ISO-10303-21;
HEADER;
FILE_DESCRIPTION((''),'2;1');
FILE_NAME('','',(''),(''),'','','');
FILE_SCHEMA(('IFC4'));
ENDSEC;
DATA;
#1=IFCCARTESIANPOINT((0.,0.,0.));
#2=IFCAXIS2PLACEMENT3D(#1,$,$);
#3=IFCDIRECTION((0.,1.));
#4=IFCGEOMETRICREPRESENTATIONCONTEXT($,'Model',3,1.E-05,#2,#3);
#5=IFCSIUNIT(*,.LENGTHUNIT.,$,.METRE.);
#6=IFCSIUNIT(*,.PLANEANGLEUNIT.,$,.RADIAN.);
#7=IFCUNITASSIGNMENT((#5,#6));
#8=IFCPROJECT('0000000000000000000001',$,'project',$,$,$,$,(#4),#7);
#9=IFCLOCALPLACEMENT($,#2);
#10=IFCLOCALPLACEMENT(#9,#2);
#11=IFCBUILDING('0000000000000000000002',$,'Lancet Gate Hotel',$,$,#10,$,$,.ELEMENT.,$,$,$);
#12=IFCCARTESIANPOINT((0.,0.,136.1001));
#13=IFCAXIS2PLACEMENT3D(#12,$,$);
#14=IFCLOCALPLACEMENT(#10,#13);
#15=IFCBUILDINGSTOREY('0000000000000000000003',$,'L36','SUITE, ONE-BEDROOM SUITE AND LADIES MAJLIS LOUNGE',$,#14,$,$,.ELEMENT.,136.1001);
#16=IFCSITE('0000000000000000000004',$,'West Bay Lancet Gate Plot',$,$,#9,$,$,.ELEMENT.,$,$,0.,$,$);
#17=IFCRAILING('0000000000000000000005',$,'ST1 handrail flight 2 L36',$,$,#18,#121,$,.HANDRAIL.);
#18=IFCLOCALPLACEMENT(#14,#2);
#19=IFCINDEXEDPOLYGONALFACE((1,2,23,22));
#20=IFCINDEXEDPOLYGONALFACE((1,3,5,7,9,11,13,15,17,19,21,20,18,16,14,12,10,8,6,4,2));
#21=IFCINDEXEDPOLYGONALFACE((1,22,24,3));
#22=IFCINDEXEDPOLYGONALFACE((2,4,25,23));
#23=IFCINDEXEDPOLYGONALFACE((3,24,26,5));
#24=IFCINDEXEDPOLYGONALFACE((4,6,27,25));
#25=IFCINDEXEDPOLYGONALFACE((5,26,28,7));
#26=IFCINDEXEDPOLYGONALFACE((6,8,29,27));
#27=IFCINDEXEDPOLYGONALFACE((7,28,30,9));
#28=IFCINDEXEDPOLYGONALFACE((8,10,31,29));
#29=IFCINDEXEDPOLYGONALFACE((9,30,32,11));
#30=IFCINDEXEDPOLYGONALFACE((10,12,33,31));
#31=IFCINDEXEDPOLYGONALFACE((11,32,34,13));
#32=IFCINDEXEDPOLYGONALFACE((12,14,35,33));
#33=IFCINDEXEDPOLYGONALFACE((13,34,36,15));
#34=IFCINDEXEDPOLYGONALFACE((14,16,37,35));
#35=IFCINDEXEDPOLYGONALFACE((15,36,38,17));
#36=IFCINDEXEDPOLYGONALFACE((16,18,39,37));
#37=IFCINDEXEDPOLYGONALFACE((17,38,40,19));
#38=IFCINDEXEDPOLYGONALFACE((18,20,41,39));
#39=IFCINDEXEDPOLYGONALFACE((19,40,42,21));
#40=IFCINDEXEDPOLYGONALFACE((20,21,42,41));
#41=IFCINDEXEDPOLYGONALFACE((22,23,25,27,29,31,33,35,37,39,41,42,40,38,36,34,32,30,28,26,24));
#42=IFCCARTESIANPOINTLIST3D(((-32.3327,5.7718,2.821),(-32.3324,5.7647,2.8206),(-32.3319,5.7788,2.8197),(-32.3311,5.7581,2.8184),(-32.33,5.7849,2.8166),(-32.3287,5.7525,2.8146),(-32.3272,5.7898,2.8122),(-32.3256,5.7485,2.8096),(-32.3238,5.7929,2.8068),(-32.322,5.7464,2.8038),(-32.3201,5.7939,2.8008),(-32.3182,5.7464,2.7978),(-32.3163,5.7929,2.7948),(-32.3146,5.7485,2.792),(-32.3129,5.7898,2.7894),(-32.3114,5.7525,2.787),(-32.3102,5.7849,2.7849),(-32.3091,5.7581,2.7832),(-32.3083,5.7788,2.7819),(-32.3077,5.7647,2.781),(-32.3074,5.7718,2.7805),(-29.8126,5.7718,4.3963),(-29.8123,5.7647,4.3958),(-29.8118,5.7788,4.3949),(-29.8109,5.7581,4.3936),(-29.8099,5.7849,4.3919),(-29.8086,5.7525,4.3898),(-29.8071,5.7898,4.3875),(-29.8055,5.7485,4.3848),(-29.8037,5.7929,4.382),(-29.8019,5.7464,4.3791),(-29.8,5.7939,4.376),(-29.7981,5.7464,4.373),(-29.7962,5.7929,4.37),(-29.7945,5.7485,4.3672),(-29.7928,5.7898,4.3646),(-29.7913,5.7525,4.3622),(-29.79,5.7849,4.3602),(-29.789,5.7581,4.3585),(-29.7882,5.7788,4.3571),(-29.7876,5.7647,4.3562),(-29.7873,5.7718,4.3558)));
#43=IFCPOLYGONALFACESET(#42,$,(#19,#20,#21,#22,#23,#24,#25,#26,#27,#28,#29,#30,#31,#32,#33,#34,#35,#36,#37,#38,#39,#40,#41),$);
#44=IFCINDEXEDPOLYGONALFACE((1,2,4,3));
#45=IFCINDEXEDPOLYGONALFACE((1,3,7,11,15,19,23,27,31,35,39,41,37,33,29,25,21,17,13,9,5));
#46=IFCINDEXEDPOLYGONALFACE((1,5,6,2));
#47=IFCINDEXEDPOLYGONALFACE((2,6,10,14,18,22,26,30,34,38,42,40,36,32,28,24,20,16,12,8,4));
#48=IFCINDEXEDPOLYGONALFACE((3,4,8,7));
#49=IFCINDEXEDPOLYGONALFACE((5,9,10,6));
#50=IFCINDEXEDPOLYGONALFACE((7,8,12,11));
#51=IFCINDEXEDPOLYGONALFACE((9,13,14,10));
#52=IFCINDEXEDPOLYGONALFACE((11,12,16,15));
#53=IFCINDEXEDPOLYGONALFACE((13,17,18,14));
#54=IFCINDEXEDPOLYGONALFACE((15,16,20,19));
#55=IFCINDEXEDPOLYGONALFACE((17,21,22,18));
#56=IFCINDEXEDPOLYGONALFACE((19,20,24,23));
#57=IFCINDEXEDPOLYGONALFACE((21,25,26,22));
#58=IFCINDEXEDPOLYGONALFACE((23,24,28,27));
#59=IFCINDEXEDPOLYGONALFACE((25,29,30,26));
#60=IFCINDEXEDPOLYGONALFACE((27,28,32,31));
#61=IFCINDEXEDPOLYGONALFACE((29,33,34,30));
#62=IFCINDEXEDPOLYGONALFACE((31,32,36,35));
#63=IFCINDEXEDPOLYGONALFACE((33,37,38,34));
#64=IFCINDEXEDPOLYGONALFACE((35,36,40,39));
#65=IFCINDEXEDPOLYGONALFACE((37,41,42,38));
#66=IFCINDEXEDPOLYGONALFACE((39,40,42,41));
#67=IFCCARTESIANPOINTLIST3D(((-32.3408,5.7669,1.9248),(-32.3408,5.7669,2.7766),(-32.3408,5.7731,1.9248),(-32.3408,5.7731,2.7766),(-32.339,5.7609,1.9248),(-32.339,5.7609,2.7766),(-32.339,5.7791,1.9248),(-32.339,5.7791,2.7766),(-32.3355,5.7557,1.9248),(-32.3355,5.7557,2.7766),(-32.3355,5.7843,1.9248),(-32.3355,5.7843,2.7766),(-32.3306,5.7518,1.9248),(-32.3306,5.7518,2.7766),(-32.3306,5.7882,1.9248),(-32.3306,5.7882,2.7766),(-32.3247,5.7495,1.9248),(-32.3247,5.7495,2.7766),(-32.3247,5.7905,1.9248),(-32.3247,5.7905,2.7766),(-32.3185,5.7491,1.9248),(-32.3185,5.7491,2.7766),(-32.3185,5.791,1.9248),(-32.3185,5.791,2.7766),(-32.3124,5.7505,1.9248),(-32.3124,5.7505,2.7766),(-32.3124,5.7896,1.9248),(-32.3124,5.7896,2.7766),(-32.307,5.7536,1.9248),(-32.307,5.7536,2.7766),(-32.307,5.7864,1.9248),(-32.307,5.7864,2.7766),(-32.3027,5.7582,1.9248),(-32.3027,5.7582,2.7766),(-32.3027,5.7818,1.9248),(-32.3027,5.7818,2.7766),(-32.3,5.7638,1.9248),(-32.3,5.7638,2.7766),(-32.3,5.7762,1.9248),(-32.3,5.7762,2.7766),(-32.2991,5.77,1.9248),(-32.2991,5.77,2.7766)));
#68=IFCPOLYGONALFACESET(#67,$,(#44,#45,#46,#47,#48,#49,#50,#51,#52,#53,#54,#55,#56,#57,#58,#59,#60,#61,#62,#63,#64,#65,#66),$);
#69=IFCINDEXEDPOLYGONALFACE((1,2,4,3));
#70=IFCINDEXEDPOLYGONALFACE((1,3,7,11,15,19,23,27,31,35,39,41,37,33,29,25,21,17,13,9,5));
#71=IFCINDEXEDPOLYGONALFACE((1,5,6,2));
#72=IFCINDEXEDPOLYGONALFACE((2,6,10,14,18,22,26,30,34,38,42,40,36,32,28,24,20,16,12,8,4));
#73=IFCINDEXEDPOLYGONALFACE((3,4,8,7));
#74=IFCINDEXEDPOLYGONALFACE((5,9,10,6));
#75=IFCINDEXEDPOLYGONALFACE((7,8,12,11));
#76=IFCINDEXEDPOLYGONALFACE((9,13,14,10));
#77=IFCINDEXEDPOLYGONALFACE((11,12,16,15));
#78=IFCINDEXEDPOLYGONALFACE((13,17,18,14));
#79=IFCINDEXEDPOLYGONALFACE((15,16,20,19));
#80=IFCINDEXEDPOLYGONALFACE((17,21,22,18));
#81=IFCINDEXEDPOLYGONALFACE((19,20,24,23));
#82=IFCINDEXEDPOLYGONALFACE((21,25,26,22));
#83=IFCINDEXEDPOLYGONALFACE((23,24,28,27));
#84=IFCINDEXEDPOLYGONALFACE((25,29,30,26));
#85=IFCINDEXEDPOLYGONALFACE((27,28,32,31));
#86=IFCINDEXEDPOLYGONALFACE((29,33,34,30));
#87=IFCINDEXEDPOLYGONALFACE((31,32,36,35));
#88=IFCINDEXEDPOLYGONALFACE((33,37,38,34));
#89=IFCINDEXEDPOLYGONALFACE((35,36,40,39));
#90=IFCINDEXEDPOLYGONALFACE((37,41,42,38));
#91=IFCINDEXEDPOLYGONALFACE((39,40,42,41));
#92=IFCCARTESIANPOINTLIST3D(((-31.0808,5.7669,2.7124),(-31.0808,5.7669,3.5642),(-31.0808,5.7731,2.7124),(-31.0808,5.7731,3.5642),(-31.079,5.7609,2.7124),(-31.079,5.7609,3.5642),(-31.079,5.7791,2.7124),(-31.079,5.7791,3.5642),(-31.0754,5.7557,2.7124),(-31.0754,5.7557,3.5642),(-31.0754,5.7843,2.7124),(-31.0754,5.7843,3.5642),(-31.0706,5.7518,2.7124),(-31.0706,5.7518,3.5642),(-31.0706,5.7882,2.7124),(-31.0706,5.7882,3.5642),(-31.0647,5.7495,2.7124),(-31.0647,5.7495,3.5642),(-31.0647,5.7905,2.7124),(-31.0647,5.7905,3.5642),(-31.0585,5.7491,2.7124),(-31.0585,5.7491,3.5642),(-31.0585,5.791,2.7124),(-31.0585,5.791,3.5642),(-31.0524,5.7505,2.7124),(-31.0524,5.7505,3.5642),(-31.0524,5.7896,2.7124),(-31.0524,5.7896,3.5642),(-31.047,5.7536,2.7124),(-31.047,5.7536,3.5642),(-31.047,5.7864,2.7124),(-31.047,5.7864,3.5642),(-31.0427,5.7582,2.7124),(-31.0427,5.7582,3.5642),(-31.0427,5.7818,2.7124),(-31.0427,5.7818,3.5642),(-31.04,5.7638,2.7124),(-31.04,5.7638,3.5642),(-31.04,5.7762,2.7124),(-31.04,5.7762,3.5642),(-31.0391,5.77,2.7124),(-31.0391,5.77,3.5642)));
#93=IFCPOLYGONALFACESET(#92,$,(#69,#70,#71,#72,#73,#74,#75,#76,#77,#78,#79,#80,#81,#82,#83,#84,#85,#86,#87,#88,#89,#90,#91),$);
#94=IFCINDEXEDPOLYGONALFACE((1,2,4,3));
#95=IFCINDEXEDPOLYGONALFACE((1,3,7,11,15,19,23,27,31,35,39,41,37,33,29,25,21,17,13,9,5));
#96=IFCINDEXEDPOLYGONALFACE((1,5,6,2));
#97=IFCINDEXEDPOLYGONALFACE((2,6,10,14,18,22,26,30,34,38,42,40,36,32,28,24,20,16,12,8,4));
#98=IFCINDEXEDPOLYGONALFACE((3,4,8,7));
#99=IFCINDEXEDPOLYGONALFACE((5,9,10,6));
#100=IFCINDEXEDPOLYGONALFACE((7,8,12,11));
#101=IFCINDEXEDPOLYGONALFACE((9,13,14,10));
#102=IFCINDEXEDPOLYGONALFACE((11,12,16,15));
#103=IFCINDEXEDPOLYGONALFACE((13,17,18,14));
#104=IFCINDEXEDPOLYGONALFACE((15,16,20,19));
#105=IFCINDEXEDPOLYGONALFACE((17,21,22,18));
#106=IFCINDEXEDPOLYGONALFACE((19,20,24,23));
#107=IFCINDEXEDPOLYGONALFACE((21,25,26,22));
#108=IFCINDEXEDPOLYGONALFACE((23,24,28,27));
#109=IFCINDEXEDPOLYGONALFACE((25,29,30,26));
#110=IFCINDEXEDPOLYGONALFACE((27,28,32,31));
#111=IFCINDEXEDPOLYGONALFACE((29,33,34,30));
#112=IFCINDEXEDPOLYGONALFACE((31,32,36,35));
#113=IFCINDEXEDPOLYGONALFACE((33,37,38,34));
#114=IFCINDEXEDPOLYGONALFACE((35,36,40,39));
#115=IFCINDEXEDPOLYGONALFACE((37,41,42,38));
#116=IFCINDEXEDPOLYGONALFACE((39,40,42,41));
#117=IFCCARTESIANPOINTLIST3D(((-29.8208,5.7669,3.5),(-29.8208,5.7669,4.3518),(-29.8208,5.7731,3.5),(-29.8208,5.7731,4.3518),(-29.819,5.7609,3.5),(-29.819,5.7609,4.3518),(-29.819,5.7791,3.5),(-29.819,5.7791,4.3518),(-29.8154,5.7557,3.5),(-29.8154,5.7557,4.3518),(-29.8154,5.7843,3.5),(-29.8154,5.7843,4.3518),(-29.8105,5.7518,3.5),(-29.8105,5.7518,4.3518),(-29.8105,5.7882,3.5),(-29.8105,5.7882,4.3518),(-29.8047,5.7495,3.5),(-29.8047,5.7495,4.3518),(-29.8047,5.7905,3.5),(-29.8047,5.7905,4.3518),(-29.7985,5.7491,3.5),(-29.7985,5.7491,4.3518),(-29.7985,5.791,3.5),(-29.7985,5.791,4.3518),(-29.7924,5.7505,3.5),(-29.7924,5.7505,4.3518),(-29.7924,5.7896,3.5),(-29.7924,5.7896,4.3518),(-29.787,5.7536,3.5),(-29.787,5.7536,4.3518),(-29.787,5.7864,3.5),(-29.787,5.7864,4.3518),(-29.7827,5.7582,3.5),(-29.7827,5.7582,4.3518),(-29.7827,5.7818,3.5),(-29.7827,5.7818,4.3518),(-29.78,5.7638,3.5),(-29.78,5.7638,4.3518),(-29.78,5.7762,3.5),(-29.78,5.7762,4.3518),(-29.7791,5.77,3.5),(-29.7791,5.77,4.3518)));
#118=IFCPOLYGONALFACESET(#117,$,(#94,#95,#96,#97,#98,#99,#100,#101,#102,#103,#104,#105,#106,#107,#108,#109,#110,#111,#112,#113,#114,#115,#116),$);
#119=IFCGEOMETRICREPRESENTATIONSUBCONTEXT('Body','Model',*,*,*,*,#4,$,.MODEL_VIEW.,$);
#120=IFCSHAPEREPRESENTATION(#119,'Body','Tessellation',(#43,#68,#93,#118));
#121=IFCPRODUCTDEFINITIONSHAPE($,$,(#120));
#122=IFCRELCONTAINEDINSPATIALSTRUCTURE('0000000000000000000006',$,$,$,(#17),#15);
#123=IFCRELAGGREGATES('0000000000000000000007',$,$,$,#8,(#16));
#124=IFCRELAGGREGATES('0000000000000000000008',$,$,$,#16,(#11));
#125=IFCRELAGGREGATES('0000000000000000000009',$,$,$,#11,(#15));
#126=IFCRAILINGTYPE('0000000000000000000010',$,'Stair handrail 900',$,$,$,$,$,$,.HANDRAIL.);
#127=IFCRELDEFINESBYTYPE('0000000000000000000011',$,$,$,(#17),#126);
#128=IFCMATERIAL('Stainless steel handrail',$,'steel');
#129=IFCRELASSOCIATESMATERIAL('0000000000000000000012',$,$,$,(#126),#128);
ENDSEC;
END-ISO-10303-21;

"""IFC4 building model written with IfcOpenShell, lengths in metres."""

from ifc_helpers import new_model, si_unit, direction, frame, origin, origin_2d, place, context, subcontext, project, spatial, circle, extrude, material, type_object, element, save


model = new_model("IFC4")

# Units and contexts
model_context = context("Model", 3, precision=1e-05, world=origin(), true_north=direction((0.0, 1.0)))
body_context = subcontext(model_context, "Body", "Model", "MODEL_VIEW")
ifc_project = project(units=[si_unit("LENGTHUNIT", "METRE"), si_unit("PLANEANGLEUNIT", "RADIAN")], contexts=[model_context])

# Site, building, storey
site_placement = place(None, origin())
site = spatial("IfcSite", under=ifc_project, at=site_placement, Name="West Bay Lancet Gate Plot", CompositionType="ELEMENT", RefElevation=0.0)
building_placement = place(site_placement, origin())
building = spatial("IfcBuilding", under=site, at=building_placement, Name="Lancet Gate Hotel", CompositionType="ELEMENT")
storey_placement = place(building_placement, frame((0.0, 0.0, 136.1001)))
storey = spatial("IfcBuildingStorey", under=building, at=storey_placement, Name="L36", Description="SUITE, ONE-BEDROOM SUITE AND LADIES MAJLIS LOUNGE", CompositionType="ELEMENT", Elevation=136.1001)

# Railing
ifc_material_1 = material(Name="Stainless steel handrail", Category="steel")
railing_type = type_object("IfcRailingType", Name="Stair handrail 900", PredefinedType="HANDRAIL", material=ifc_material_1)
railing_placement = place(storey_placement, frame((-32.3201, 5.77, 1.9248)))
element("IfcRailing", 1, at=railing_placement, inside=storey, type_object=railing_type, Name="ST1 handrail flight 2 L36", PredefinedType="HANDRAIL", context=body_context, shape_type="SweptSolid", body=[
    extrude(circle(Radius=0.0239, at=origin_2d()), frame((0.0, 0.0, 0.876), z_axis=(0.847971, 0.0, 0.530043), x_axis=(0.0, 1.0, 0.0)), (0.0, 0.0, 1.0), 2.9719),
    extrude(circle(Radius=0.021, at=origin_2d()), origin(), (0.0, 0.0, 1.0), 0.8518),
    extrude(circle(Radius=0.021, at=origin_2d()), frame((1.26, 0.0, 0.7876)), (0.0, 0.0, 1.0), 0.8518),
    extrude(circle(Radius=0.021, at=origin_2d()), frame((2.52, 0.0, 1.5752)), (0.0, 0.0, 1.0), 0.8518),
])

save(model, "model.ifc")
